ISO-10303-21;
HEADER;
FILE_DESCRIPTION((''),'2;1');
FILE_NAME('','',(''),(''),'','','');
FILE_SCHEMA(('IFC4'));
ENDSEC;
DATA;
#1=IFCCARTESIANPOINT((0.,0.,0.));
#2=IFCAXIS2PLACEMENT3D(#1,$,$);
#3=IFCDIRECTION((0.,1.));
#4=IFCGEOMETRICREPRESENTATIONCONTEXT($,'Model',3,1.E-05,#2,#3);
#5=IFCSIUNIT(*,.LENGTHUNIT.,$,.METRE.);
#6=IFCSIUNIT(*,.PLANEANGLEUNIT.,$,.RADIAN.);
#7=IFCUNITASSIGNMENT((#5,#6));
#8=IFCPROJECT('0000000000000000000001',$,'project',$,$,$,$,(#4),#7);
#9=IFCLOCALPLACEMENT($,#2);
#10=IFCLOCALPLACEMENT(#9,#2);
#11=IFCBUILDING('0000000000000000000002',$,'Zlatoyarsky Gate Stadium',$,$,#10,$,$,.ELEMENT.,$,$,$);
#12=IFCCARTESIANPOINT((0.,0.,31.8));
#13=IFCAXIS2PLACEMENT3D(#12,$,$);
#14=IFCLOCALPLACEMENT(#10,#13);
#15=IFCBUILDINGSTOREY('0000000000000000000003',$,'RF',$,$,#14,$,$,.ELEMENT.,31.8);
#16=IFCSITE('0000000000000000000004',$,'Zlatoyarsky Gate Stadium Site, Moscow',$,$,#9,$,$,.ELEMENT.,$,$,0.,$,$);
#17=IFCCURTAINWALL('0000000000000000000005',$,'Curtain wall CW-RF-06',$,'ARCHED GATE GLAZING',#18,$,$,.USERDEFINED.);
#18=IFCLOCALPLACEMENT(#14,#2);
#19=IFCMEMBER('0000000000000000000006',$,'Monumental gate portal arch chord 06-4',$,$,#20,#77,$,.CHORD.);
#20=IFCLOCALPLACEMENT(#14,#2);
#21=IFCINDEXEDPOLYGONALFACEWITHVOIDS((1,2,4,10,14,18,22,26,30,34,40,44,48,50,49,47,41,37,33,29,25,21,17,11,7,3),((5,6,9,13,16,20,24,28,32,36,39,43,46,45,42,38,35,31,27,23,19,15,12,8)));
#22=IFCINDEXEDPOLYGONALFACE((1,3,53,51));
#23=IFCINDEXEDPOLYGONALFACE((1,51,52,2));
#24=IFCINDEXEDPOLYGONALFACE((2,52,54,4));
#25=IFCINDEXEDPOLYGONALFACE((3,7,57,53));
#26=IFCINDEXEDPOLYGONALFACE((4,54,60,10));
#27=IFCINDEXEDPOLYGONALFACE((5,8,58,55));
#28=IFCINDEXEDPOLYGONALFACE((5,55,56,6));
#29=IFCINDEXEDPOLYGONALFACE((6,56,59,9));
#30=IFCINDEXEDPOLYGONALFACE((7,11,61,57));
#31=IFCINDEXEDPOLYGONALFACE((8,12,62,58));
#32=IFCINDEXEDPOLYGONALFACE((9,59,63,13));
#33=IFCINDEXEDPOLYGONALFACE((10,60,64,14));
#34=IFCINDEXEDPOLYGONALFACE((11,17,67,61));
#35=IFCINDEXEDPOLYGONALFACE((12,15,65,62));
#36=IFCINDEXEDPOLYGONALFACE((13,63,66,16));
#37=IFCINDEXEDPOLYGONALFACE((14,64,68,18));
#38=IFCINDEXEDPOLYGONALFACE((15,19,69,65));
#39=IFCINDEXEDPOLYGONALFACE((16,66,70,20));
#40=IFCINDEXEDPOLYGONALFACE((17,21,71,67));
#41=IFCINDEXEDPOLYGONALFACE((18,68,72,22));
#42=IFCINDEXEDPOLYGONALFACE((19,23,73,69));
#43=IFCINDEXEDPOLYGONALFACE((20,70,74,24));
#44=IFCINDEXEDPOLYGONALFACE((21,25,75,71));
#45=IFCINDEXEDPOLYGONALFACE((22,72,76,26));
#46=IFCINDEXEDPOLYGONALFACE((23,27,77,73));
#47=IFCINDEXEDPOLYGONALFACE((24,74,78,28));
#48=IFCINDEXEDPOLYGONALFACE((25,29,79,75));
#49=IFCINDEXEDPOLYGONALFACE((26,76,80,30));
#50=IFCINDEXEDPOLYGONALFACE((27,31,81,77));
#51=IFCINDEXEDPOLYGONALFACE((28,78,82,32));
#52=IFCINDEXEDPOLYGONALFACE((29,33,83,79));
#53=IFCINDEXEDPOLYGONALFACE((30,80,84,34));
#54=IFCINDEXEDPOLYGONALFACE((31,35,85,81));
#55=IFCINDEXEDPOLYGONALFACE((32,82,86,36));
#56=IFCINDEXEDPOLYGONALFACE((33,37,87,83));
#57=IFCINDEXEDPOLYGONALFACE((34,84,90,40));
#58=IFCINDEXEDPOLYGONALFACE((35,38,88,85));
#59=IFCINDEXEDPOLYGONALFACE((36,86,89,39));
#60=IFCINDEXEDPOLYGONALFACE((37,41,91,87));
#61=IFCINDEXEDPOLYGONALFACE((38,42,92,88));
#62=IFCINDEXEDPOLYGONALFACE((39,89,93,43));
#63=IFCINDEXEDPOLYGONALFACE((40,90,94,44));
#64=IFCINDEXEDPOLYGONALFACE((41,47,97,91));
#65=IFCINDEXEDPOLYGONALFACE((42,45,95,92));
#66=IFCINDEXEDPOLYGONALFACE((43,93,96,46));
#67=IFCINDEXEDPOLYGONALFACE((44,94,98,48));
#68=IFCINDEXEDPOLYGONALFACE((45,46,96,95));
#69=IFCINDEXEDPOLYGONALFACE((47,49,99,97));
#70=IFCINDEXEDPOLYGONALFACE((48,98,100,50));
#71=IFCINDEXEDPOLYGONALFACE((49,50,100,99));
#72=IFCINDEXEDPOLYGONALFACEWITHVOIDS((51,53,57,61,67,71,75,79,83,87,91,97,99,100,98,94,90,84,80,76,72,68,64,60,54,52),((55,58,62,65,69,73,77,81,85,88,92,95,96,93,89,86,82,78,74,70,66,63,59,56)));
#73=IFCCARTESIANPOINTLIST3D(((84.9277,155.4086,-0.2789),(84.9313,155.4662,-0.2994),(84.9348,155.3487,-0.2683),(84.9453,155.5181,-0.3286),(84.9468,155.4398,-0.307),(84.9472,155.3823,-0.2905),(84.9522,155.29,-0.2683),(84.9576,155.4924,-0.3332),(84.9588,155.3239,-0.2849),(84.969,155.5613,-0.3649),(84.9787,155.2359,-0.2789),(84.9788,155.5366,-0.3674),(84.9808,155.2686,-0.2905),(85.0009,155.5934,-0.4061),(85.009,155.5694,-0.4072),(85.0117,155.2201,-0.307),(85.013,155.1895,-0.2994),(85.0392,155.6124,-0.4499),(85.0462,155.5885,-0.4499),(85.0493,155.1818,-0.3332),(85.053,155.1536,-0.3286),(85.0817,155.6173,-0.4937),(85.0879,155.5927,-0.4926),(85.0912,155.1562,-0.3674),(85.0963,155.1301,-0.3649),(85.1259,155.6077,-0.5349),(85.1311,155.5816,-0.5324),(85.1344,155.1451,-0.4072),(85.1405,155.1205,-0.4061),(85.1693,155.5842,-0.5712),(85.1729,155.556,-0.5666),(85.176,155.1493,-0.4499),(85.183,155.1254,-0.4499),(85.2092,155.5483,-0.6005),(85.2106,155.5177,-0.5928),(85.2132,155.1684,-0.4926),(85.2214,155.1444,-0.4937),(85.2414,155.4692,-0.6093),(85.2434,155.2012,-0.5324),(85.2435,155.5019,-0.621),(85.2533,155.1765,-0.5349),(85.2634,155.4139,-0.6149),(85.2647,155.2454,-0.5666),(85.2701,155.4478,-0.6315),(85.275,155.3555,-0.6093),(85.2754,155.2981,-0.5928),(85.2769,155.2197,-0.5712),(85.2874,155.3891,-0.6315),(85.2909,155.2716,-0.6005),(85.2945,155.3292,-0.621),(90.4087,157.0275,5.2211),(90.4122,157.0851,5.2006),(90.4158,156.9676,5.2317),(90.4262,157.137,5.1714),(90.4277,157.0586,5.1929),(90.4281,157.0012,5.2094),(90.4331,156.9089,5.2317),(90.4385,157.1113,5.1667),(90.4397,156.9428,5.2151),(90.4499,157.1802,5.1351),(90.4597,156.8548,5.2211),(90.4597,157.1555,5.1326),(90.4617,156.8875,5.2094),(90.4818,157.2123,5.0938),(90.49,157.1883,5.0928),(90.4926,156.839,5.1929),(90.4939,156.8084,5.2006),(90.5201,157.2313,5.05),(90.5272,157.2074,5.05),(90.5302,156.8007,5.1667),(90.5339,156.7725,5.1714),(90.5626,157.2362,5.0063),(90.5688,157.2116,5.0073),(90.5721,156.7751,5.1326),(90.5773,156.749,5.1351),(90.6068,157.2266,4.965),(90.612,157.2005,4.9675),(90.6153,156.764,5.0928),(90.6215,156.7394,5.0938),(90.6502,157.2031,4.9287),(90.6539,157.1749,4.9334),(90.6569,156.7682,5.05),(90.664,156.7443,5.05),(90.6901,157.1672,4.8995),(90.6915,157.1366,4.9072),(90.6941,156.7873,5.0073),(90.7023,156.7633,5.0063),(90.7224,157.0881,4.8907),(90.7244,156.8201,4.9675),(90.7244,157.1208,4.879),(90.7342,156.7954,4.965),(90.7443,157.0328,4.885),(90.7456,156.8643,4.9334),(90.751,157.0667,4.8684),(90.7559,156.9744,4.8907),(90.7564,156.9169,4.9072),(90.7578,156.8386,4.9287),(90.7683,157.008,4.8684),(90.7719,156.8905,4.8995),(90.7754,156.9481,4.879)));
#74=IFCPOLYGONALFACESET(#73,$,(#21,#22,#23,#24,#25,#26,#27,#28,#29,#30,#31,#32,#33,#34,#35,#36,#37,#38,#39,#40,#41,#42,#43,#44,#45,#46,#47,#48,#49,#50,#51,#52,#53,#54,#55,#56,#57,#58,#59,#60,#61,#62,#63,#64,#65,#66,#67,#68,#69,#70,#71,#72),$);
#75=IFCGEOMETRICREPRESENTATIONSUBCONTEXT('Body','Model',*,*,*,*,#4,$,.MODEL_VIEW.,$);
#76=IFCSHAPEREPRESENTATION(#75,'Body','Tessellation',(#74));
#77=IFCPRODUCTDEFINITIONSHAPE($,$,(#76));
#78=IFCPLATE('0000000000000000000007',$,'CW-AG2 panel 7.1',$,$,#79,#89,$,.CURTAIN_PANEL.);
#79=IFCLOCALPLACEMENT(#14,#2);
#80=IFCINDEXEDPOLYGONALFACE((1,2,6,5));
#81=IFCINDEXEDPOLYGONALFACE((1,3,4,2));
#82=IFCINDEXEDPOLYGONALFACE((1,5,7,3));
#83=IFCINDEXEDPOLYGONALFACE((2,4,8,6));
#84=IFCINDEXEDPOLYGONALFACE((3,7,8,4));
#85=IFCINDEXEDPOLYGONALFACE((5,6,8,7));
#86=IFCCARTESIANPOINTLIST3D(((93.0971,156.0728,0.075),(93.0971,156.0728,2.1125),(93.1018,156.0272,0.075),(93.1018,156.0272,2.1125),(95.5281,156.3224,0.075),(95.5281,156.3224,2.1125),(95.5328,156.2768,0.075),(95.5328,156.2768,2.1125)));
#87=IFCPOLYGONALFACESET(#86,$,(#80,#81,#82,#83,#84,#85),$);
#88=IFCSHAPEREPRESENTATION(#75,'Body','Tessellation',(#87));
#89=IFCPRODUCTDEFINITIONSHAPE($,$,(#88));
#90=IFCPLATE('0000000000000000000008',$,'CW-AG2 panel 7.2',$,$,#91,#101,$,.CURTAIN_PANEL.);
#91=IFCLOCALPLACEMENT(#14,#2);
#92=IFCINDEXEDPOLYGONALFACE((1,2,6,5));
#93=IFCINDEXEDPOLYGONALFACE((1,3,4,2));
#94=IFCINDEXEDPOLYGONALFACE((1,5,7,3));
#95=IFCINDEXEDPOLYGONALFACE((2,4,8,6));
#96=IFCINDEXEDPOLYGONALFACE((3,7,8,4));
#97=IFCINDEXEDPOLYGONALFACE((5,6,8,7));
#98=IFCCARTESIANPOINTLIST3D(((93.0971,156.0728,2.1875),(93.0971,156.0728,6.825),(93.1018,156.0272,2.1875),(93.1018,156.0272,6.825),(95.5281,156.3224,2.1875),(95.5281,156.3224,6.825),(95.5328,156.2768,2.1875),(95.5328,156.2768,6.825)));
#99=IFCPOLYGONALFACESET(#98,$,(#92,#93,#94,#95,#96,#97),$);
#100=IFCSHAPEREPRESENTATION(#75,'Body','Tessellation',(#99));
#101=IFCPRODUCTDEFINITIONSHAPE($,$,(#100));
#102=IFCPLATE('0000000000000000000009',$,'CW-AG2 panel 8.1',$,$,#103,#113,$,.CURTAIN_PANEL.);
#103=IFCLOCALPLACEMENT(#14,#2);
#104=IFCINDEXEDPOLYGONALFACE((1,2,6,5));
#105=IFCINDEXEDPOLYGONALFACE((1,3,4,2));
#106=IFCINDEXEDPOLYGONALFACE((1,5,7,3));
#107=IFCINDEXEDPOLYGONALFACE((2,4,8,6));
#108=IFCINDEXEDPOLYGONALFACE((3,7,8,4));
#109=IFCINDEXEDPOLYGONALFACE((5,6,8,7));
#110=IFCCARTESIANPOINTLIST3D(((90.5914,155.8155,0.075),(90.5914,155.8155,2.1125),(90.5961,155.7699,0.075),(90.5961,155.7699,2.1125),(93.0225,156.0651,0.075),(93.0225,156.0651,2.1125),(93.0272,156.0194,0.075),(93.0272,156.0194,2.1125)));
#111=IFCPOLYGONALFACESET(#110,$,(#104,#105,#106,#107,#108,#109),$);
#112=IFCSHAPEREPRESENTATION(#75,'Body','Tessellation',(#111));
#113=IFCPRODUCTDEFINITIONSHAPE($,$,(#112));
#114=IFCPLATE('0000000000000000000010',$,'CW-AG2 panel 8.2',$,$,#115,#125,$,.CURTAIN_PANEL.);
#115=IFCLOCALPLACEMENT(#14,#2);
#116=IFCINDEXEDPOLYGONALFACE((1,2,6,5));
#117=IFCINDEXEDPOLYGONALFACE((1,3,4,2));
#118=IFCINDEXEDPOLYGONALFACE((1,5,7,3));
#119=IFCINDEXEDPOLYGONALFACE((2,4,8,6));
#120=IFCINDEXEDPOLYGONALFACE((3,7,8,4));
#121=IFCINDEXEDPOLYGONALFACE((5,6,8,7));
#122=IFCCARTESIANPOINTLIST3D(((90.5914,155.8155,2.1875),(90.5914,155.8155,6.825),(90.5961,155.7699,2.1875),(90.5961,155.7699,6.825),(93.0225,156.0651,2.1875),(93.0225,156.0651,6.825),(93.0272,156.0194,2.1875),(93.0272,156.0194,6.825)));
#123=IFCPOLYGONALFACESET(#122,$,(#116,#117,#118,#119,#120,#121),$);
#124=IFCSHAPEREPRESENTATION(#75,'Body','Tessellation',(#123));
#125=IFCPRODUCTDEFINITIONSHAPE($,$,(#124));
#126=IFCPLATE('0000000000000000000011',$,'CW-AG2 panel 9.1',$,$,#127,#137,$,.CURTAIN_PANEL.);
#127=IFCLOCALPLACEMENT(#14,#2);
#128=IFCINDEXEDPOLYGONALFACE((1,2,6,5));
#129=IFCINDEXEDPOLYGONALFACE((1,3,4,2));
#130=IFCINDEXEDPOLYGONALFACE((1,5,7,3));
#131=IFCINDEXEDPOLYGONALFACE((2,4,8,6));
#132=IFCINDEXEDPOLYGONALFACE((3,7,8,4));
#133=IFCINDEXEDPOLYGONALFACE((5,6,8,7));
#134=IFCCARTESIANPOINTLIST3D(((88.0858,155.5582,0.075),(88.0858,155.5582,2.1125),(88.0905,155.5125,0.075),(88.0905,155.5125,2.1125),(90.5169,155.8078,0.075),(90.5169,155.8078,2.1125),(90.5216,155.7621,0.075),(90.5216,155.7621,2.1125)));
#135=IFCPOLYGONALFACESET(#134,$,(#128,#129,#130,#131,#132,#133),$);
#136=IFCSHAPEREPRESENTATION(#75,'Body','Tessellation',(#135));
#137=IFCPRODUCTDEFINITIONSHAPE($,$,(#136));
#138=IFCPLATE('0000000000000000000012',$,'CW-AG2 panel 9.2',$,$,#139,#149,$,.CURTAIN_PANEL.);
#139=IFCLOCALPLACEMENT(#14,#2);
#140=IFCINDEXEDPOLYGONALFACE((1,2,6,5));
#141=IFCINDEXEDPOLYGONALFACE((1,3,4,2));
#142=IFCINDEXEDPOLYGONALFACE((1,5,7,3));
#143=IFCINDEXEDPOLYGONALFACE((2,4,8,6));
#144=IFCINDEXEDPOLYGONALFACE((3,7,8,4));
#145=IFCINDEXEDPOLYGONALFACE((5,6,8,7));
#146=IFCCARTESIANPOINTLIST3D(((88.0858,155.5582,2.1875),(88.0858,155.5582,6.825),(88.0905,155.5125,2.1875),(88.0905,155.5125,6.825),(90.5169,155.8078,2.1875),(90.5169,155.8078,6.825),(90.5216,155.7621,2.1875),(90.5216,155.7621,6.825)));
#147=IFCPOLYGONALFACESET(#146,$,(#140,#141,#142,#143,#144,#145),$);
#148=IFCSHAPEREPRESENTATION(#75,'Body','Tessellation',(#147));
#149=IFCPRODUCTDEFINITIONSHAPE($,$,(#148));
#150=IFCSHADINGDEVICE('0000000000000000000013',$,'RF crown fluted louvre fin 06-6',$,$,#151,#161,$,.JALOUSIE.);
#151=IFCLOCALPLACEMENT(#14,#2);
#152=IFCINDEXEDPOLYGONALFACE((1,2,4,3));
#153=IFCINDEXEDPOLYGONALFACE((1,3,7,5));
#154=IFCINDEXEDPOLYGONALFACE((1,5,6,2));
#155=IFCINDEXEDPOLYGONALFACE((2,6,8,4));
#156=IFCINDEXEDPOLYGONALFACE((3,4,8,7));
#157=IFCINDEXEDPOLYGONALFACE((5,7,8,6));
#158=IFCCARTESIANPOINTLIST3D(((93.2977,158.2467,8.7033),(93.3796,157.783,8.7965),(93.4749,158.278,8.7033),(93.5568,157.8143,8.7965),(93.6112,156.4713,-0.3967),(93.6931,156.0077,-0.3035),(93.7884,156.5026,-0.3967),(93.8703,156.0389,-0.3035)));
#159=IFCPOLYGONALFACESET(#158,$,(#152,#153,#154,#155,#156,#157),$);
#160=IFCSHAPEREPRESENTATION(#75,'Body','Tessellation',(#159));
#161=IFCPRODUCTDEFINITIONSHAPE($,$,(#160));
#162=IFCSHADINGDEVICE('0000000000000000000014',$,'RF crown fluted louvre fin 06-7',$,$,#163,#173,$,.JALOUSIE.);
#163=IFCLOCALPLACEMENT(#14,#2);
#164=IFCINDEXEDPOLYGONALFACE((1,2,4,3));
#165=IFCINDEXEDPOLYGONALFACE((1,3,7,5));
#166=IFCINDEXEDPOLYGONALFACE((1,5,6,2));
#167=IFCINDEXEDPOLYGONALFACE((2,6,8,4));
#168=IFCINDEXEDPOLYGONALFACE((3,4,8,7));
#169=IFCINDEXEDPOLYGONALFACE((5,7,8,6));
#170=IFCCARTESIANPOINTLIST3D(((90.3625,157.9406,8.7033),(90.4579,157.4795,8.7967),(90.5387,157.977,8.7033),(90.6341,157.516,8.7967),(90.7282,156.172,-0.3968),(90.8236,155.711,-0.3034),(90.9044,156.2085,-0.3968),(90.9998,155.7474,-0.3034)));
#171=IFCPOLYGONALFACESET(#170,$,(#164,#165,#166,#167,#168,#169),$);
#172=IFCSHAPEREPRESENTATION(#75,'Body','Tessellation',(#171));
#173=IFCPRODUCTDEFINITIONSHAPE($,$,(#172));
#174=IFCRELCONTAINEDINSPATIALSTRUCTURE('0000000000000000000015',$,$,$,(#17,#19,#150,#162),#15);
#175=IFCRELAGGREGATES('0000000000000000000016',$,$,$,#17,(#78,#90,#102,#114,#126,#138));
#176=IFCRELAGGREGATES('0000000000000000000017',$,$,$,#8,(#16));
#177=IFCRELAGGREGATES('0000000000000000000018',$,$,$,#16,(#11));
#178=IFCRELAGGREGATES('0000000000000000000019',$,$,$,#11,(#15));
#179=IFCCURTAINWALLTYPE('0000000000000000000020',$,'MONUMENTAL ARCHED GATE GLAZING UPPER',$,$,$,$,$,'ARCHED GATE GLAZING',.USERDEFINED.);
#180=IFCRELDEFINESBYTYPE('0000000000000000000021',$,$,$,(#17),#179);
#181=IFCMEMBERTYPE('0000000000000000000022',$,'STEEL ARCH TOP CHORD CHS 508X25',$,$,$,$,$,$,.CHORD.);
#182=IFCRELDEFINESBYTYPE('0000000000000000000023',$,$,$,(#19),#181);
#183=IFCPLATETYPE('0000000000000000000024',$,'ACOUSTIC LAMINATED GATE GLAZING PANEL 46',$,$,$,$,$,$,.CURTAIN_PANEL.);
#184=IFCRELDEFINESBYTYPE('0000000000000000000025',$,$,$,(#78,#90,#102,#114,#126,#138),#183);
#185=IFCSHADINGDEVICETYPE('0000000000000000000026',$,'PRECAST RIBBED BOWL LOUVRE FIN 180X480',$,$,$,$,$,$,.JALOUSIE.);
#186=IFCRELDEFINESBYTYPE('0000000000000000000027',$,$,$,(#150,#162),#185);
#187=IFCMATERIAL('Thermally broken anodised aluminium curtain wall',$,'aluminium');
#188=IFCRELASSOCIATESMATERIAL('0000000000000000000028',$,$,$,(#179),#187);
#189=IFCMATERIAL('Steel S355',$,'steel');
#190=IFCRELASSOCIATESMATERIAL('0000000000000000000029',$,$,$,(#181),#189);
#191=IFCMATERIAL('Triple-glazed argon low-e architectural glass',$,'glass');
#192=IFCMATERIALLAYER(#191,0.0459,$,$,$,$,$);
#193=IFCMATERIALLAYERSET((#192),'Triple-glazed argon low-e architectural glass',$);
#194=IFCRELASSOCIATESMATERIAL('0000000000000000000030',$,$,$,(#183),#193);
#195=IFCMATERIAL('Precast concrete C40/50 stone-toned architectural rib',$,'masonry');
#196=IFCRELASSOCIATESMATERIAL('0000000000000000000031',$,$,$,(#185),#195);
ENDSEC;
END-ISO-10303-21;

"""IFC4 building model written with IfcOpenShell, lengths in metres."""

from ifc_helpers import new_model, si_unit, direction, frame, origin, origin_2d, place, context, subcontext, project, spatial, rectangle, hollow_circle, extrude, material, layer, layer_set, material_profile, profile_set, type_object, element, aggregate, save


model = new_model("IFC4")

# Units and contexts
model_context = context("Model", 3, precision=1e-05, world=origin(), true_north=direction((0.0, 1.0)))
body_context = subcontext(model_context, "Body", "Model", "MODEL_VIEW")
ifc_project = project(units=[si_unit("LENGTHUNIT", "METRE"), si_unit("PLANEANGLEUNIT", "RADIAN")], contexts=[model_context])

# Site, building, storey
site_placement = place(None, origin())
site = spatial("IfcSite", under=ifc_project, at=site_placement, Name="Zlatoyarsky Gate Stadium Site, Moscow", CompositionType="ELEMENT", RefElevation=0.0)
building_placement = place(site_placement, origin())
building = spatial("IfcBuilding", under=site, at=building_placement, Name="Zlatoyarsky Gate Stadium", CompositionType="ELEMENT")
storey_placement = place(building_placement, frame((0.0, 0.0, 31.8)))
storey = spatial("IfcBuildingStorey", under=building, at=storey_placement, Name="RF", CompositionType="ELEMENT", Elevation=31.8)

# Curtain wall
ifc_material_1 = material(Name="Thermally broken anodised aluminium curtain wall", Category="aluminium")
curtain_wall_type = type_object("IfcCurtainWallType", Name="MONUMENTAL ARCHED GATE GLAZING UPPER", ElementType="ARCHED GATE GLAZING", PredefinedType="USERDEFINED", material=ifc_material_1)
curtain_wall_placement = place(storey_placement, origin())
curtain_wall = element("IfcCurtainWall", 1, at=curtain_wall_placement, inside=storey, type_object=curtain_wall_type, Name="Curtain wall CW-RF-06", ObjectType="ARCHED GATE GLAZING", PredefinedType="USERDEFINED")

# Member
ifc_material_2 = material(Name="Steel S355", Category="steel")
ifc_material_profile_1 = material_profile(ifc_material_2, hollow_circle(Radius=0.2539, WallThickness=0.0249, at=origin_2d()), Name="CHS 508X25")
ifc_profile_set_1 = profile_set([ifc_material_profile_1], Name="Steel S355")
member_type_1 = type_object("IfcMemberType", Name="STEEL ARCH TOP CHORD CHS 508X25", PredefinedType="CHORD", material=ifc_profile_set_1)
member_1_placement = place(storey_placement, frame((90.592, 156.9878, 5.05), z_axis=(-0.69102, -0.204105, -0.693421), x_axis=(0.283269, -0.95904, 0.0)))
element("IfcMember", 2, at=member_1_placement, inside=storey, type_object=member_type_1, Name="Monumental gate portal arch chord 06-4", PredefinedType="CHORD", context=body_context, shape_type="SweptSolid", body=[
    extrude(hollow_circle(Radius=0.2539, WallThickness=0.0249, at=origin_2d()), origin(), (0.0, 0.0, 1.0), 7.9316),
])

# Plates
ifc_material_3 = material(Name="Triple-glazed argon low-e architectural glass", Category="glass")
ifc_layer = layer(ifc_material_3, 0.0459)
ifc_layer_set = layer_set([ifc_layer], Name="Triple-glazed argon low-e architectural glass")
plate_type = type_object("IfcPlateType", Name="ACOUSTIC LAMINATED GATE GLAZING PANEL 46", PredefinedType="CURTAIN_PANEL", material=ifc_layer_set)
plate_1_placement = place(storey_placement, frame((94.3149, 156.1748, 0.075), z_axis=(0.0, 0.0, 1.0), x_axis=(-0.994772, -0.102125, 0.0)))
plate_1 = element("IfcPlate", 3, at=plate_1_placement, type_object=plate_type, Name="CW-AG2 panel 7.1", PredefinedType="CURTAIN_PANEL", context=body_context, shape_type="SweptSolid", body=[
    extrude(rectangle(XDim=2.4438, YDim=0.0459, at=origin_2d()), origin(), (0.0, 0.0, 1.0), 2.0376),
])
plate_2_placement = place(storey_placement, frame((94.3149, 156.1748, 2.1875), z_axis=(0.0, 0.0, 1.0), x_axis=(-0.994772, -0.102125, 0.0)))
plate_2 = element("IfcPlate", 4, at=plate_2_placement, type_object=plate_type, Name="CW-AG2 panel 7.2", PredefinedType="CURTAIN_PANEL", context=body_context, shape_type="SweptSolid", body=[
    extrude(rectangle(XDim=2.4438, YDim=0.0459, at=origin_2d()), origin(), (0.0, 0.0, 1.0), 4.6375),
])
plate_3_placement = place(storey_placement, frame((91.8093, 155.9175, 0.075), z_axis=(0.0, 0.0, 1.0), x_axis=(-0.994772, -0.102125, 0.0)))
plate_3 = element("IfcPlate", 5, at=plate_3_placement, type_object=plate_type, Name="CW-AG2 panel 8.1", PredefinedType="CURTAIN_PANEL", context=body_context, shape_type="SweptSolid", body=[
    extrude(rectangle(XDim=2.4438, YDim=0.0459, at=origin_2d()), origin(), (0.0, 0.0, 1.0), 2.0376),
])
plate_4_placement = place(storey_placement, frame((91.8093, 155.9175, 2.1875), z_axis=(0.0, 0.0, 1.0), x_axis=(-0.994772, -0.102125, 0.0)))
plate_4 = element("IfcPlate", 6, at=plate_4_placement, type_object=plate_type, Name="CW-AG2 panel 8.2", PredefinedType="CURTAIN_PANEL", context=body_context, shape_type="SweptSolid", body=[
    extrude(rectangle(XDim=2.4438, YDim=0.0459, at=origin_2d()), origin(), (0.0, 0.0, 1.0), 4.6375),
])
plate_5_placement = place(storey_placement, frame((89.3037, 155.6602, 0.075), z_axis=(0.0, 0.0, 1.0), x_axis=(-0.994772, -0.102125, 0.0)))
plate_5 = element("IfcPlate", 7, at=plate_5_placement, type_object=plate_type, Name="CW-AG2 panel 9.1", PredefinedType="CURTAIN_PANEL", context=body_context, shape_type="SweptSolid", body=[
    extrude(rectangle(XDim=2.4438, YDim=0.0459, at=origin_2d()), origin(), (0.0, 0.0, 1.0), 2.0376),
])
plate_6_placement = place(storey_placement, frame((89.3037, 155.6602, 2.1875), z_axis=(0.0, 0.0, 1.0), x_axis=(-0.994772, -0.102125, 0.0)))
plate_6 = element("IfcPlate", 8, at=plate_6_placement, type_object=plate_type, Name="CW-AG2 panel 9.2", PredefinedType="CURTAIN_PANEL", context=body_context, shape_type="SweptSolid", body=[
    extrude(rectangle(XDim=2.4438, YDim=0.0459, at=origin_2d()), origin(), (0.0, 0.0, 1.0), 4.6375),
])
aggregate(curtain_wall, [plate_1, plate_2, plate_3, plate_4, plate_5, plate_6])

# Shading devices
ifc_material_4 = material(Name="Precast concrete C40/50 stone-toned architectural rib", Category="masonry")
ifc_material_profile_2 = material_profile(ifc_material_4, rectangle(XDim=0.1799, YDim=0.48, at=origin_2d()), Name="RIB 180X480")
ifc_profile_set_2 = profile_set([ifc_material_profile_2], Name="Precast concrete C40/50 stone-toned architectural rib")
shading_device_type = type_object("IfcShadingDeviceType", Name="PRECAST RIBBED BOWL LOUVRE FIN 180X480", PredefinedType="JALOUSIE", material=ifc_profile_set_2)
shading_device_1_placement = place(storey_placement, frame((93.7407, 156.2551, -0.3501), z_axis=(-0.033791, 0.191376, 0.980935), x_axis=(-0.984767, -0.173878, 0.0)))
element("IfcShadingDevice", 9, at=shading_device_1_placement, inside=storey, type_object=shading_device_type, Name="RF crown fluted louvre fin 06-6", PredefinedType="JALOUSIE", context=body_context, shape_type="SweptSolid", body=[
    extrude(rectangle(XDim=0.1799, YDim=0.48, at=origin_2d()), origin(), (0.0, 0.0, 1.0), 9.2769),
])
shading_device_2_placement = place(storey_placement, frame((90.864, 155.9597, -0.3501), z_axis=(-0.03942, 0.190627, 0.980871), x_axis=(-0.979281, -0.202507, 0.0)))
element("IfcShadingDevice", 10, at=shading_device_2_placement, inside=storey, type_object=shading_device_type, Name="RF crown fluted louvre fin 06-7", PredefinedType="JALOUSIE", context=body_context, shape_type="SweptSolid", body=[
    extrude(rectangle(XDim=0.1799, YDim=0.48, at=origin_2d()), origin(), (0.0, 0.0, 1.0), 9.2776),
])

save(model, "model.ifc")
